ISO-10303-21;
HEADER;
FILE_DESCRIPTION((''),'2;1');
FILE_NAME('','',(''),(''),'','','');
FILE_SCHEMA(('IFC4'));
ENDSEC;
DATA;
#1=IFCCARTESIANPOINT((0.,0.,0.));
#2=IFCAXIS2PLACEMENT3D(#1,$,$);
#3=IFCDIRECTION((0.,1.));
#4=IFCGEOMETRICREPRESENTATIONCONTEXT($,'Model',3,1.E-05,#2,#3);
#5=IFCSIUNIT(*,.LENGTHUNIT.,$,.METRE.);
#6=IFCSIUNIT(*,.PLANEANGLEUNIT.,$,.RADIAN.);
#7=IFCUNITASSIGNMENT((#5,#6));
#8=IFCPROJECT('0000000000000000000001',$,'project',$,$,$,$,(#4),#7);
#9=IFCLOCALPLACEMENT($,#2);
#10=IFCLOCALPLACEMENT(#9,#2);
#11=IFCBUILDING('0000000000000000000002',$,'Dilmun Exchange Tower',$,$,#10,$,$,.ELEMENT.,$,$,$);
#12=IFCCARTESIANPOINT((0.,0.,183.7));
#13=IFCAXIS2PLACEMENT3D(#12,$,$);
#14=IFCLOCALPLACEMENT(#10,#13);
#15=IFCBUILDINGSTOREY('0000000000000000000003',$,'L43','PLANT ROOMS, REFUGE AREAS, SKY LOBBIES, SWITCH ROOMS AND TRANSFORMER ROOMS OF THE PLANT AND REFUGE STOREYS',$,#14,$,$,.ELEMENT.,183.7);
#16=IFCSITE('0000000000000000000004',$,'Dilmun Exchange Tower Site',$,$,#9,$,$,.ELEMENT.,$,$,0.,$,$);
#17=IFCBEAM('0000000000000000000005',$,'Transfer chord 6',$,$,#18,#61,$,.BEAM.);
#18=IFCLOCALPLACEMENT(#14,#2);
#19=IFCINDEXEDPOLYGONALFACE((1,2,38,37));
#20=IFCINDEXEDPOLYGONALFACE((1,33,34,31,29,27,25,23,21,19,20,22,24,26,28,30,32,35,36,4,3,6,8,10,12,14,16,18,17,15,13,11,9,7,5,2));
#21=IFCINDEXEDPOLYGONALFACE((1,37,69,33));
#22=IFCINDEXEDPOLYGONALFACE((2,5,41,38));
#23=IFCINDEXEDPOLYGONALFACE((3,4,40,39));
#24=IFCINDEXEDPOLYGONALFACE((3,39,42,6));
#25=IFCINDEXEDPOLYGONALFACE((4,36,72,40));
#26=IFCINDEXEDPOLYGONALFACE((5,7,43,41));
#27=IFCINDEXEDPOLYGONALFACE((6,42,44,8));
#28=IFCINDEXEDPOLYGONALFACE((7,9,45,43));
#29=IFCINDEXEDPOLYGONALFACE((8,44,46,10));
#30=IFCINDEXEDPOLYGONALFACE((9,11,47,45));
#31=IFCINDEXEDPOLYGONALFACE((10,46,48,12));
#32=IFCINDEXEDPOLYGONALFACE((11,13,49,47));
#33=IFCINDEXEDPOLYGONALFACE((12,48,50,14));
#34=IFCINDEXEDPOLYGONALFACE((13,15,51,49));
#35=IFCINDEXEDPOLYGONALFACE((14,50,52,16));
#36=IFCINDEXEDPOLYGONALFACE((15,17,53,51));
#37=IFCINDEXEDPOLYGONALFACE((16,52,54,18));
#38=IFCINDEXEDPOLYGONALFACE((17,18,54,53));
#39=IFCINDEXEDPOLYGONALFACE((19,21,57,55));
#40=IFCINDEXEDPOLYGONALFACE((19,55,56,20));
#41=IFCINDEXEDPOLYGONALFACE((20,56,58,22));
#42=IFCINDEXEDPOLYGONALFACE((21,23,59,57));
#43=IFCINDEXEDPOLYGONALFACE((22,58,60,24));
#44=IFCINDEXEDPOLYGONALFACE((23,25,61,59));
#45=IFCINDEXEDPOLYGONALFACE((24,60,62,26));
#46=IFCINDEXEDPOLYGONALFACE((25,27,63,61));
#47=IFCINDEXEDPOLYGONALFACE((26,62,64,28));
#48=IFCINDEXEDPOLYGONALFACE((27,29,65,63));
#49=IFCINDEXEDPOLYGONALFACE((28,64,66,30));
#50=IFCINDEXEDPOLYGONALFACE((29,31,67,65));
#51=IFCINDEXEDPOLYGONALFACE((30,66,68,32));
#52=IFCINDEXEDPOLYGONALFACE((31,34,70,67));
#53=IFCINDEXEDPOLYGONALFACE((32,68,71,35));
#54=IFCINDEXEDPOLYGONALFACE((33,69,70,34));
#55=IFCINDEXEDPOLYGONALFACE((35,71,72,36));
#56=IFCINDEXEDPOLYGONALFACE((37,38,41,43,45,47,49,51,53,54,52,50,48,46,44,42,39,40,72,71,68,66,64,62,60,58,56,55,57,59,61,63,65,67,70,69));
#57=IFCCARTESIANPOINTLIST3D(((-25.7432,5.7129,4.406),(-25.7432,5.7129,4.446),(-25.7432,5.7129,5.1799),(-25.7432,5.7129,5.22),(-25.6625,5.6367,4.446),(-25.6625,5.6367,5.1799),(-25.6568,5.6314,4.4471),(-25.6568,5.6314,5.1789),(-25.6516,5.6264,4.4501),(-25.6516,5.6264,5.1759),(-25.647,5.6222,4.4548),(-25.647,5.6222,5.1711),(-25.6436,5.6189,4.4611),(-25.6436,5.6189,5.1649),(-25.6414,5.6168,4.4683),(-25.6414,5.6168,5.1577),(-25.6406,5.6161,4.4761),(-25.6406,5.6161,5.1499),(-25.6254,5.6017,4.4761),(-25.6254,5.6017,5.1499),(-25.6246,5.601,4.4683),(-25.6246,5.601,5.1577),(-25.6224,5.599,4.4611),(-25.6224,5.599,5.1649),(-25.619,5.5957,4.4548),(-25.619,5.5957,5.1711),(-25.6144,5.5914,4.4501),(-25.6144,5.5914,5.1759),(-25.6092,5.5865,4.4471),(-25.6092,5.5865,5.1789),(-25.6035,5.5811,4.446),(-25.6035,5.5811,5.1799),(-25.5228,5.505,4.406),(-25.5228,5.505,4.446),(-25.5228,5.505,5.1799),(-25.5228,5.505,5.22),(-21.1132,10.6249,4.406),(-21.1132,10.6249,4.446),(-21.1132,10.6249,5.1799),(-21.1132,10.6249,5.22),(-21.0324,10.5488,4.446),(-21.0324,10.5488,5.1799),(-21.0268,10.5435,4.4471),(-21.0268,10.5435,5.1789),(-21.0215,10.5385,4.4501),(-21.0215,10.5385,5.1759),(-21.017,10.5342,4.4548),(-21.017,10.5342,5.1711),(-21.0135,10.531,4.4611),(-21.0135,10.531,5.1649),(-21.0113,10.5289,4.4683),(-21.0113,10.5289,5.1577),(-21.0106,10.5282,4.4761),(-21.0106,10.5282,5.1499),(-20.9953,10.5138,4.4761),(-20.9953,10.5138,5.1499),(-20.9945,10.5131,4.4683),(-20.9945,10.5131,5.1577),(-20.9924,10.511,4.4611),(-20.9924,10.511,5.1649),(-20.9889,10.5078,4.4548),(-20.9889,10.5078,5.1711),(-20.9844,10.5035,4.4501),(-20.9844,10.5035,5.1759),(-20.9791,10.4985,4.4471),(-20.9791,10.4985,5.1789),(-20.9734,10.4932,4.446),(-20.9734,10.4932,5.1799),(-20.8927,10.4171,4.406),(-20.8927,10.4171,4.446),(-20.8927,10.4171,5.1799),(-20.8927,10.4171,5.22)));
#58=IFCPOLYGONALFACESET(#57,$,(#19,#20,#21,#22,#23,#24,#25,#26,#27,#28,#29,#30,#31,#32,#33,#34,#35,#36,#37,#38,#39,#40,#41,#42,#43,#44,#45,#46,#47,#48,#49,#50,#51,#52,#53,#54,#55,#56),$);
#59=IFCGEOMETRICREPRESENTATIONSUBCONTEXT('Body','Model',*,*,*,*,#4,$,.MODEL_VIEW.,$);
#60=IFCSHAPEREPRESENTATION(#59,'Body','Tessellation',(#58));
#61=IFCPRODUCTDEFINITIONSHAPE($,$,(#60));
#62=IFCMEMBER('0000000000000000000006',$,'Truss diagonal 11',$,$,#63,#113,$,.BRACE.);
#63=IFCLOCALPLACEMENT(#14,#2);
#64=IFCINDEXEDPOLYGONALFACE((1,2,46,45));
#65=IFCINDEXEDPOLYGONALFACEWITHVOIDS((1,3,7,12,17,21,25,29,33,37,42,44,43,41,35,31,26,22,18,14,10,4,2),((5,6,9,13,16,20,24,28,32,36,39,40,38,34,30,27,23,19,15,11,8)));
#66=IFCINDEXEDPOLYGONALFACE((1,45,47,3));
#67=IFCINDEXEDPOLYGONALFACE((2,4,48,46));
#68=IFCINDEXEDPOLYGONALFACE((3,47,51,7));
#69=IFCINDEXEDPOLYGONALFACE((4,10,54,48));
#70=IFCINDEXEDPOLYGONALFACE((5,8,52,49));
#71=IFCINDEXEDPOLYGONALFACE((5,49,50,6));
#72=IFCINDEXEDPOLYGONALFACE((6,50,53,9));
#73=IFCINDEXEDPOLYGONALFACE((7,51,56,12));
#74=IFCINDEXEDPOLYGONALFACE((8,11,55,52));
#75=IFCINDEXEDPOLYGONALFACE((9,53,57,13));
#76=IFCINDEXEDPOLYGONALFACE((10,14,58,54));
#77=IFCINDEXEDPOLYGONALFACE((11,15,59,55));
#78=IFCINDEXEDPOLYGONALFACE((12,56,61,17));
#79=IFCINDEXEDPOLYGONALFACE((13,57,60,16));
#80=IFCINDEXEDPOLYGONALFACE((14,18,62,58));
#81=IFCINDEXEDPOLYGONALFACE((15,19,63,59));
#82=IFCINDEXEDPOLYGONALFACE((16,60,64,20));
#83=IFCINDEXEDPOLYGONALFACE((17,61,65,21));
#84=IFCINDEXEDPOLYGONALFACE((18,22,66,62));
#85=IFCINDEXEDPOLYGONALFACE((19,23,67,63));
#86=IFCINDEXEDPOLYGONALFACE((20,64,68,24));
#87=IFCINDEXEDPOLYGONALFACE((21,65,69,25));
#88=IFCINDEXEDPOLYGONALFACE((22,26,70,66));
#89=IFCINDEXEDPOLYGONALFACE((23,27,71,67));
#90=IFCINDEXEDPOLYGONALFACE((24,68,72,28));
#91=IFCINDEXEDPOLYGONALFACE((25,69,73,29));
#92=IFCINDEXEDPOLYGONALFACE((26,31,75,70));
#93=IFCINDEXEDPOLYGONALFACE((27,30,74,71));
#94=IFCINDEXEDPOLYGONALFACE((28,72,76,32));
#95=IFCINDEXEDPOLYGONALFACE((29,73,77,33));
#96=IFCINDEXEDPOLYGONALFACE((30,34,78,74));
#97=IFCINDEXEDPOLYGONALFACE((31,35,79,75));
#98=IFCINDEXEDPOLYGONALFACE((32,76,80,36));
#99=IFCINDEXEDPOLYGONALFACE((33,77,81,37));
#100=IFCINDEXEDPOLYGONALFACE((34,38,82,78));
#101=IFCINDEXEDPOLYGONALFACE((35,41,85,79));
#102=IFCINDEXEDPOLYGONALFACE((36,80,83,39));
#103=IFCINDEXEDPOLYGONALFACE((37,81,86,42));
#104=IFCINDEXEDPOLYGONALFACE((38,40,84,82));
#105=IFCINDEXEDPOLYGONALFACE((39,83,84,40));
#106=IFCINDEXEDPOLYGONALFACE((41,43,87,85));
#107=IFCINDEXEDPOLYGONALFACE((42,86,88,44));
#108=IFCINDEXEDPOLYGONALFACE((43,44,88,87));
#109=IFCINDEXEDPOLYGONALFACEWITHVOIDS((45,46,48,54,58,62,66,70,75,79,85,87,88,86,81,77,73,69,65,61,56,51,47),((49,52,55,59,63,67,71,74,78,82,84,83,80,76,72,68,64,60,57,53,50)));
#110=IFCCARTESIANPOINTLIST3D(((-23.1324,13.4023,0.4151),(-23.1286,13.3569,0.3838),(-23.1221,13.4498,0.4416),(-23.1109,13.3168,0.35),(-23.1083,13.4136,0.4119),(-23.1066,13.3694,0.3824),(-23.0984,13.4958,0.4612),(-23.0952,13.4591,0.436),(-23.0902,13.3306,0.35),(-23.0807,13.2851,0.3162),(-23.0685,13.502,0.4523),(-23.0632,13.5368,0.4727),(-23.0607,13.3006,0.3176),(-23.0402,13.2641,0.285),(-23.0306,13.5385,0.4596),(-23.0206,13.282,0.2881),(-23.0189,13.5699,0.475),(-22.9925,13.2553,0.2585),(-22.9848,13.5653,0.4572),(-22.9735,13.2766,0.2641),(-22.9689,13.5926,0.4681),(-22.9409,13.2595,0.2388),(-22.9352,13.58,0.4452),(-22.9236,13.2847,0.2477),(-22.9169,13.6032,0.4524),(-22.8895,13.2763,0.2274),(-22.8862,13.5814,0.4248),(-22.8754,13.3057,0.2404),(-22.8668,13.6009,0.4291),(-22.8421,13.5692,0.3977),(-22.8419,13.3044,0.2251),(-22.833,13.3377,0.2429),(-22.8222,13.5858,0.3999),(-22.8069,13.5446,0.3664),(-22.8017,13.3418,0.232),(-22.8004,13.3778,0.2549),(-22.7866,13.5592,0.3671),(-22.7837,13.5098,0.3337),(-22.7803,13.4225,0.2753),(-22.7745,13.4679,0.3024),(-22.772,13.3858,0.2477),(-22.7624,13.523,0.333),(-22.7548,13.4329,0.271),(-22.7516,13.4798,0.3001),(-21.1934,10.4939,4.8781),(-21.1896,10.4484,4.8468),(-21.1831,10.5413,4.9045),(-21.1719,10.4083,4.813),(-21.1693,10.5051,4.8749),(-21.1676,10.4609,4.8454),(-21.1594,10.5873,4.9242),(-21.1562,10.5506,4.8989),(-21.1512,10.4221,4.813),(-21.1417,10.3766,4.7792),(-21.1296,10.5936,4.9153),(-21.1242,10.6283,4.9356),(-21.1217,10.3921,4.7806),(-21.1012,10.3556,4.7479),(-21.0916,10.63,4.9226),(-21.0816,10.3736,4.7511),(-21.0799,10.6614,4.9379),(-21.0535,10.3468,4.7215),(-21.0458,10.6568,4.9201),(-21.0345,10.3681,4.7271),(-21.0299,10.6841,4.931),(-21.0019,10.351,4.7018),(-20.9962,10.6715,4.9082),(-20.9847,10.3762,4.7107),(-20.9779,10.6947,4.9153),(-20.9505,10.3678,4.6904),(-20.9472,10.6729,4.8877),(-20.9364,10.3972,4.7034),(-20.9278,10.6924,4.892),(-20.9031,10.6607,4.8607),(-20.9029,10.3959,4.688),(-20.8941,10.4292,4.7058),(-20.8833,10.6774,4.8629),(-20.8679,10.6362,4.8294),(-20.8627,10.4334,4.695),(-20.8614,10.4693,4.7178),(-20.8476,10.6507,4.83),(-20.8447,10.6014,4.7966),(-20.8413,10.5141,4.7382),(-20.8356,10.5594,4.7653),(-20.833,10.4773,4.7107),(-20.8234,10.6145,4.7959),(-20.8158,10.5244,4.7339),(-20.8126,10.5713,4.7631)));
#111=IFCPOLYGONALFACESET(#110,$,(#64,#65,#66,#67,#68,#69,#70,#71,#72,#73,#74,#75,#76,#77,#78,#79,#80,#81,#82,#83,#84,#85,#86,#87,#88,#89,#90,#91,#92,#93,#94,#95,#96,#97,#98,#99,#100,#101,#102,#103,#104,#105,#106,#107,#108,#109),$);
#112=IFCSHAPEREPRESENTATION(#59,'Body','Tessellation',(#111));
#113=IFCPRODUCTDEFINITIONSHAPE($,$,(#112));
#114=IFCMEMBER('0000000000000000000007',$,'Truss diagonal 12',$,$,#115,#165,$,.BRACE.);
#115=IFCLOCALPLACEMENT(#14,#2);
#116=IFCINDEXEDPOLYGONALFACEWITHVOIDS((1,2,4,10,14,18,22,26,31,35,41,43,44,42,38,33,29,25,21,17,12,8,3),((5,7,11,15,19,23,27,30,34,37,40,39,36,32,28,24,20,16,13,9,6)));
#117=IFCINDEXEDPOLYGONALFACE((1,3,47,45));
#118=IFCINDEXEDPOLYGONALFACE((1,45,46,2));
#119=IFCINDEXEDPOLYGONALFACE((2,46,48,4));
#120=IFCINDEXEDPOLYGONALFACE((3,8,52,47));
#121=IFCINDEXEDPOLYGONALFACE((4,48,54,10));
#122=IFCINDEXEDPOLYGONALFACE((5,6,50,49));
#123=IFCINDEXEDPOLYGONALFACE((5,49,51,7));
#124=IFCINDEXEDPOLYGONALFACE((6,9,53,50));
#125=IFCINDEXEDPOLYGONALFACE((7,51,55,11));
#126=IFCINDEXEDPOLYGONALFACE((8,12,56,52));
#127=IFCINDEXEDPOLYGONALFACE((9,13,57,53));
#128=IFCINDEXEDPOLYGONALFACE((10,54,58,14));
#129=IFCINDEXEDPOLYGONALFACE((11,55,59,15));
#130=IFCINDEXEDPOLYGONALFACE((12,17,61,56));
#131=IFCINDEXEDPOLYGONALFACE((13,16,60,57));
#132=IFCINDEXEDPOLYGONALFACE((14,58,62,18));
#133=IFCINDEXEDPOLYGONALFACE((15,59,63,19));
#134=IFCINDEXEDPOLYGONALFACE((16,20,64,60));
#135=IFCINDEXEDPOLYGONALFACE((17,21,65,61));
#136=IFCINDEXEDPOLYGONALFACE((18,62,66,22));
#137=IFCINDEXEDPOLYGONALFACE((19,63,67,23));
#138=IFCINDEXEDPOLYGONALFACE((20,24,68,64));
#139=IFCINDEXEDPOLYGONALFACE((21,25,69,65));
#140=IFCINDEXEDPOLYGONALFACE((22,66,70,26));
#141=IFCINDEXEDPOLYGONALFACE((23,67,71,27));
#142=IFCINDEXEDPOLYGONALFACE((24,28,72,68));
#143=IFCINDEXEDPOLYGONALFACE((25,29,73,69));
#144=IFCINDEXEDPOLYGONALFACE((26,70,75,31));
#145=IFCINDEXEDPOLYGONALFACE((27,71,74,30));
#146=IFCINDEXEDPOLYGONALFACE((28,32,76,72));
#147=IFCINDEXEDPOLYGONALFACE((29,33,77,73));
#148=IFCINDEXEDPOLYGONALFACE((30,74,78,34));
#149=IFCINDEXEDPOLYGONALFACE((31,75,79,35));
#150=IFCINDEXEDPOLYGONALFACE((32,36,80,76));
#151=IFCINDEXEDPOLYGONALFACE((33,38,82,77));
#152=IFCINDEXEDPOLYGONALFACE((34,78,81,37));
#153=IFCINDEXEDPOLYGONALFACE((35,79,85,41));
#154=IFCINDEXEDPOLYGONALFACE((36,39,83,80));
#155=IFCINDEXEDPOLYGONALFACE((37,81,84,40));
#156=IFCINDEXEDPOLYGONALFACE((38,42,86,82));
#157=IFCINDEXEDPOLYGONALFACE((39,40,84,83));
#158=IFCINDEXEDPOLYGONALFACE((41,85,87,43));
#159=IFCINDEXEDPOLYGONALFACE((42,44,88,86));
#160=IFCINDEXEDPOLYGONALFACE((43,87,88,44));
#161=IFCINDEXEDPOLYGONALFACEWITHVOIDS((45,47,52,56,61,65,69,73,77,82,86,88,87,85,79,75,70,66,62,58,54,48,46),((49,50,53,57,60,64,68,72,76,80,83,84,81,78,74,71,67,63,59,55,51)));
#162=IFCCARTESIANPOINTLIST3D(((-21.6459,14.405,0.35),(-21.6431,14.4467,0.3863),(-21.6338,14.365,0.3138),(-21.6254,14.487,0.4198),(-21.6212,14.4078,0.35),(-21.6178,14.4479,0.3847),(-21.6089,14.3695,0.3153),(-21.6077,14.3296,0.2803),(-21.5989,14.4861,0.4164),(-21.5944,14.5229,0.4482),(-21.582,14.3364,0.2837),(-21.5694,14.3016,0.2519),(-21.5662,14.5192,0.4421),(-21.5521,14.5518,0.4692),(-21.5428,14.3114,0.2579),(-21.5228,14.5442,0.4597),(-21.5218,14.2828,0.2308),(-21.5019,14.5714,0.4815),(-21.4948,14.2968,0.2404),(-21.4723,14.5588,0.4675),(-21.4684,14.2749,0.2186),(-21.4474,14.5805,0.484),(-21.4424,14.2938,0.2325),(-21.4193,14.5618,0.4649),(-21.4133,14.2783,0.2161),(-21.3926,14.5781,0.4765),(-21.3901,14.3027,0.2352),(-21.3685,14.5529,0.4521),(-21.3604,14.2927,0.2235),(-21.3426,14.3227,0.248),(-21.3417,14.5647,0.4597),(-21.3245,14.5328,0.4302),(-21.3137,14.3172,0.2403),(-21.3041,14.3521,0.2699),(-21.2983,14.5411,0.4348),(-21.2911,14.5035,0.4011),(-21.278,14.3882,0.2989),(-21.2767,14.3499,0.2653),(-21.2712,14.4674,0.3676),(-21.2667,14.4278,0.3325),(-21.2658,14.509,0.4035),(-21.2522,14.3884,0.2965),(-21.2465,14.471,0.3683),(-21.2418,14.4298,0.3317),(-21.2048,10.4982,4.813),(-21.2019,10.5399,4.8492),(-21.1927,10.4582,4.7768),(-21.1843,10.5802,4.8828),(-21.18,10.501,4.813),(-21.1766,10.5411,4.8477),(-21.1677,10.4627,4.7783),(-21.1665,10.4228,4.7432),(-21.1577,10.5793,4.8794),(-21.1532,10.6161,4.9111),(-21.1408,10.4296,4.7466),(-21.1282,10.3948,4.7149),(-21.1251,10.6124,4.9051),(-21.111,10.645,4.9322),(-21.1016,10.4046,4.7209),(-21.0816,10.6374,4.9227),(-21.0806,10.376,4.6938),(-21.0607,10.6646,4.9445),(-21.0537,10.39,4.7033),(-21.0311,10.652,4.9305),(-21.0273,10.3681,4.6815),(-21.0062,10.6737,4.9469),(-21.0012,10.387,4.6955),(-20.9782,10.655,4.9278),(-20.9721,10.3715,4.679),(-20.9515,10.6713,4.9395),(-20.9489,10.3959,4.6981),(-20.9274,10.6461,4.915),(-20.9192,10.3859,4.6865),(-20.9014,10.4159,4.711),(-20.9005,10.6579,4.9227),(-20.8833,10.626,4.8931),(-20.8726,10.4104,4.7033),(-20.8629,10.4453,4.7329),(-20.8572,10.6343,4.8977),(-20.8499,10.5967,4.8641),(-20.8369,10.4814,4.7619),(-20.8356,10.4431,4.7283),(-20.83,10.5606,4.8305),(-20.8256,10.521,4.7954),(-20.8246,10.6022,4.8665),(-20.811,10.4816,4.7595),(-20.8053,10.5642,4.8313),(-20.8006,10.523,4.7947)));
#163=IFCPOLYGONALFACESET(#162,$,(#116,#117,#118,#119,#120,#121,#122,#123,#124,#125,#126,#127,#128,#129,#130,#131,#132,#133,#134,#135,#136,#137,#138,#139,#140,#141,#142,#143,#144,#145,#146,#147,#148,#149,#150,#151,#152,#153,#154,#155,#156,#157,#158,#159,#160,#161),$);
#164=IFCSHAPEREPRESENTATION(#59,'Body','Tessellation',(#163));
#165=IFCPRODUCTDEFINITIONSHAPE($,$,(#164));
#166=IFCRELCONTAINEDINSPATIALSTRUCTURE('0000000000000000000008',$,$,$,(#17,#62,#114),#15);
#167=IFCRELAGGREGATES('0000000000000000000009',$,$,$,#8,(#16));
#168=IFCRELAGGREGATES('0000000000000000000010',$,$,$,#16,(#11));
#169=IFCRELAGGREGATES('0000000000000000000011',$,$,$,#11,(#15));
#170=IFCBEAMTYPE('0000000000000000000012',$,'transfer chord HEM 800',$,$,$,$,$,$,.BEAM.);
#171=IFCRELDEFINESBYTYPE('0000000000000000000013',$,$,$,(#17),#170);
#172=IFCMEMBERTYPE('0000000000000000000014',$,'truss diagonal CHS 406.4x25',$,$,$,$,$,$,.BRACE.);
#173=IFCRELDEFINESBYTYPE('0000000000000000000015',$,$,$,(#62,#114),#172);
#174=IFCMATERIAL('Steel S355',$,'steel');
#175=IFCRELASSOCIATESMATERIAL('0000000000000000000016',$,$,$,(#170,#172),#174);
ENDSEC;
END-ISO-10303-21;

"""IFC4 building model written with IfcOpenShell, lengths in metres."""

from ifc_helpers import new_model, si_unit, direction, frame, origin, origin_2d, place, context, subcontext, project, spatial, hollow_circle, i_section, extrude, material, material_profile, profile_set, type_object, element, save


model = new_model("IFC4")

# Units and contexts
model_context = context("Model", 3, precision=1e-05, world=origin(), true_north=direction((0.0, 1.0)))
body_context = subcontext(model_context, "Body", "Model", "MODEL_VIEW")
ifc_project = project(units=[si_unit("LENGTHUNIT", "METRE"), si_unit("PLANEANGLEUNIT", "RADIAN")], contexts=[model_context])

# Site, building, storey
site_placement = place(None, origin())
site = spatial("IfcSite", under=ifc_project, at=site_placement, Name="Dilmun Exchange Tower Site", CompositionType="ELEMENT", RefElevation=0.0)
building_placement = place(site_placement, origin())
building = spatial("IfcBuilding", under=site, at=building_placement, Name="Dilmun Exchange Tower", CompositionType="ELEMENT")
storey_placement = place(building_placement, frame((0.0, 0.0, 183.7)))
storey = spatial("IfcBuildingStorey", under=building, at=storey_placement, Name="L43", Description="PLANT ROOMS, REFUGE AREAS, SKY LOBBIES, SWITCH ROOMS AND TRANSFORMER ROOMS OF THE PLANT AND REFUGE STOREYS", CompositionType="ELEMENT", Elevation=183.7)

# Shared definitions
ifc_material_1 = material(Name="Steel S355", Category="steel")

# Beam
ifc_material_profile_1 = material_profile(ifc_material_1, i_section(OverallWidth=0.303, OverallDepth=0.814, WebThickness=0.021, FlangeThickness=0.04, FilletRadius=0.03, at=origin_2d()), Name="HEM 800")
ifc_profile_set_1 = profile_set([ifc_material_profile_1], Name="Steel S355")
beam_type_1 = type_object("IfcBeamType", Name="transfer chord HEM 800", PredefinedType="BEAM", material=ifc_profile_set_1)
for number, where, z_axis, x_axis, name in (
    (1, (-21.0029, 10.521, 4.813), (-0.685912, -0.727685, 0.0), (0.727685, -0.685912, 0.0), "Transfer chord 6"),
):
    element("IfcBeam", number, at=place(storey_placement, frame(where, z_axis=z_axis, x_axis=x_axis)), inside=storey, type_object=beam_type_1, Name=name, PredefinedType="BEAM", context=body_context, shape_type="SweptSolid", body=[
        extrude(i_section(OverallWidth=0.303, OverallDepth=0.814, WebThickness=0.021, FlangeThickness=0.04, FilletRadius=0.03, at=origin_2d()), origin(), (0.0, 0.0, 1.0), 6.7502),
    ])

# Members
ifc_material_profile_2 = material_profile(ifc_material_1, hollow_circle(Radius=0.2031, WallThickness=0.0249, at=origin_2d()), Name="CHS 406.4x25")
ifc_profile_set_2 = profile_set([ifc_material_profile_2], Name="Steel S355")
member_type_1 = type_object("IfcMemberType", Name="truss diagonal CHS 406.4x25", PredefinedType="BRACE", material=ifc_profile_set_2)
member_1_placement = place(storey_placement, frame((-21.0029, 10.521, 4.813), z_axis=(-0.342038, 0.513056, -0.787263), x_axis=(-0.83205, -0.5547, 0.0)))
element("IfcMember", 2, at=member_1_placement, inside=storey, type_object=member_type_1, Name="Truss diagonal 11", PredefinedType="BRACE", context=body_context, shape_type="SweptSolid", body=[
    extrude(hollow_circle(Radius=0.2031, WallThickness=0.0249, at=origin_2d()), origin(), (0.0, 0.0, 1.0), 5.6689),
])
member_2_placement = place(storey_placement, frame((-21.0029, 10.521, 4.813), z_axis=(-0.074174, 0.656853, -0.750361), x_axis=(-0.993684, -0.11221, 0.0)))
element("IfcMember", 3, at=member_2_placement, inside=storey, type_object=member_type_1, Name="Truss diagonal 12", PredefinedType="BRACE", context=body_context, shape_type="SweptSolid", body=[
    extrude(hollow_circle(Radius=0.2031, WallThickness=0.0249, at=origin_2d()), origin(), (0.0, 0.0, 1.0), 5.9478),
])

save(model, "model.ifc")
